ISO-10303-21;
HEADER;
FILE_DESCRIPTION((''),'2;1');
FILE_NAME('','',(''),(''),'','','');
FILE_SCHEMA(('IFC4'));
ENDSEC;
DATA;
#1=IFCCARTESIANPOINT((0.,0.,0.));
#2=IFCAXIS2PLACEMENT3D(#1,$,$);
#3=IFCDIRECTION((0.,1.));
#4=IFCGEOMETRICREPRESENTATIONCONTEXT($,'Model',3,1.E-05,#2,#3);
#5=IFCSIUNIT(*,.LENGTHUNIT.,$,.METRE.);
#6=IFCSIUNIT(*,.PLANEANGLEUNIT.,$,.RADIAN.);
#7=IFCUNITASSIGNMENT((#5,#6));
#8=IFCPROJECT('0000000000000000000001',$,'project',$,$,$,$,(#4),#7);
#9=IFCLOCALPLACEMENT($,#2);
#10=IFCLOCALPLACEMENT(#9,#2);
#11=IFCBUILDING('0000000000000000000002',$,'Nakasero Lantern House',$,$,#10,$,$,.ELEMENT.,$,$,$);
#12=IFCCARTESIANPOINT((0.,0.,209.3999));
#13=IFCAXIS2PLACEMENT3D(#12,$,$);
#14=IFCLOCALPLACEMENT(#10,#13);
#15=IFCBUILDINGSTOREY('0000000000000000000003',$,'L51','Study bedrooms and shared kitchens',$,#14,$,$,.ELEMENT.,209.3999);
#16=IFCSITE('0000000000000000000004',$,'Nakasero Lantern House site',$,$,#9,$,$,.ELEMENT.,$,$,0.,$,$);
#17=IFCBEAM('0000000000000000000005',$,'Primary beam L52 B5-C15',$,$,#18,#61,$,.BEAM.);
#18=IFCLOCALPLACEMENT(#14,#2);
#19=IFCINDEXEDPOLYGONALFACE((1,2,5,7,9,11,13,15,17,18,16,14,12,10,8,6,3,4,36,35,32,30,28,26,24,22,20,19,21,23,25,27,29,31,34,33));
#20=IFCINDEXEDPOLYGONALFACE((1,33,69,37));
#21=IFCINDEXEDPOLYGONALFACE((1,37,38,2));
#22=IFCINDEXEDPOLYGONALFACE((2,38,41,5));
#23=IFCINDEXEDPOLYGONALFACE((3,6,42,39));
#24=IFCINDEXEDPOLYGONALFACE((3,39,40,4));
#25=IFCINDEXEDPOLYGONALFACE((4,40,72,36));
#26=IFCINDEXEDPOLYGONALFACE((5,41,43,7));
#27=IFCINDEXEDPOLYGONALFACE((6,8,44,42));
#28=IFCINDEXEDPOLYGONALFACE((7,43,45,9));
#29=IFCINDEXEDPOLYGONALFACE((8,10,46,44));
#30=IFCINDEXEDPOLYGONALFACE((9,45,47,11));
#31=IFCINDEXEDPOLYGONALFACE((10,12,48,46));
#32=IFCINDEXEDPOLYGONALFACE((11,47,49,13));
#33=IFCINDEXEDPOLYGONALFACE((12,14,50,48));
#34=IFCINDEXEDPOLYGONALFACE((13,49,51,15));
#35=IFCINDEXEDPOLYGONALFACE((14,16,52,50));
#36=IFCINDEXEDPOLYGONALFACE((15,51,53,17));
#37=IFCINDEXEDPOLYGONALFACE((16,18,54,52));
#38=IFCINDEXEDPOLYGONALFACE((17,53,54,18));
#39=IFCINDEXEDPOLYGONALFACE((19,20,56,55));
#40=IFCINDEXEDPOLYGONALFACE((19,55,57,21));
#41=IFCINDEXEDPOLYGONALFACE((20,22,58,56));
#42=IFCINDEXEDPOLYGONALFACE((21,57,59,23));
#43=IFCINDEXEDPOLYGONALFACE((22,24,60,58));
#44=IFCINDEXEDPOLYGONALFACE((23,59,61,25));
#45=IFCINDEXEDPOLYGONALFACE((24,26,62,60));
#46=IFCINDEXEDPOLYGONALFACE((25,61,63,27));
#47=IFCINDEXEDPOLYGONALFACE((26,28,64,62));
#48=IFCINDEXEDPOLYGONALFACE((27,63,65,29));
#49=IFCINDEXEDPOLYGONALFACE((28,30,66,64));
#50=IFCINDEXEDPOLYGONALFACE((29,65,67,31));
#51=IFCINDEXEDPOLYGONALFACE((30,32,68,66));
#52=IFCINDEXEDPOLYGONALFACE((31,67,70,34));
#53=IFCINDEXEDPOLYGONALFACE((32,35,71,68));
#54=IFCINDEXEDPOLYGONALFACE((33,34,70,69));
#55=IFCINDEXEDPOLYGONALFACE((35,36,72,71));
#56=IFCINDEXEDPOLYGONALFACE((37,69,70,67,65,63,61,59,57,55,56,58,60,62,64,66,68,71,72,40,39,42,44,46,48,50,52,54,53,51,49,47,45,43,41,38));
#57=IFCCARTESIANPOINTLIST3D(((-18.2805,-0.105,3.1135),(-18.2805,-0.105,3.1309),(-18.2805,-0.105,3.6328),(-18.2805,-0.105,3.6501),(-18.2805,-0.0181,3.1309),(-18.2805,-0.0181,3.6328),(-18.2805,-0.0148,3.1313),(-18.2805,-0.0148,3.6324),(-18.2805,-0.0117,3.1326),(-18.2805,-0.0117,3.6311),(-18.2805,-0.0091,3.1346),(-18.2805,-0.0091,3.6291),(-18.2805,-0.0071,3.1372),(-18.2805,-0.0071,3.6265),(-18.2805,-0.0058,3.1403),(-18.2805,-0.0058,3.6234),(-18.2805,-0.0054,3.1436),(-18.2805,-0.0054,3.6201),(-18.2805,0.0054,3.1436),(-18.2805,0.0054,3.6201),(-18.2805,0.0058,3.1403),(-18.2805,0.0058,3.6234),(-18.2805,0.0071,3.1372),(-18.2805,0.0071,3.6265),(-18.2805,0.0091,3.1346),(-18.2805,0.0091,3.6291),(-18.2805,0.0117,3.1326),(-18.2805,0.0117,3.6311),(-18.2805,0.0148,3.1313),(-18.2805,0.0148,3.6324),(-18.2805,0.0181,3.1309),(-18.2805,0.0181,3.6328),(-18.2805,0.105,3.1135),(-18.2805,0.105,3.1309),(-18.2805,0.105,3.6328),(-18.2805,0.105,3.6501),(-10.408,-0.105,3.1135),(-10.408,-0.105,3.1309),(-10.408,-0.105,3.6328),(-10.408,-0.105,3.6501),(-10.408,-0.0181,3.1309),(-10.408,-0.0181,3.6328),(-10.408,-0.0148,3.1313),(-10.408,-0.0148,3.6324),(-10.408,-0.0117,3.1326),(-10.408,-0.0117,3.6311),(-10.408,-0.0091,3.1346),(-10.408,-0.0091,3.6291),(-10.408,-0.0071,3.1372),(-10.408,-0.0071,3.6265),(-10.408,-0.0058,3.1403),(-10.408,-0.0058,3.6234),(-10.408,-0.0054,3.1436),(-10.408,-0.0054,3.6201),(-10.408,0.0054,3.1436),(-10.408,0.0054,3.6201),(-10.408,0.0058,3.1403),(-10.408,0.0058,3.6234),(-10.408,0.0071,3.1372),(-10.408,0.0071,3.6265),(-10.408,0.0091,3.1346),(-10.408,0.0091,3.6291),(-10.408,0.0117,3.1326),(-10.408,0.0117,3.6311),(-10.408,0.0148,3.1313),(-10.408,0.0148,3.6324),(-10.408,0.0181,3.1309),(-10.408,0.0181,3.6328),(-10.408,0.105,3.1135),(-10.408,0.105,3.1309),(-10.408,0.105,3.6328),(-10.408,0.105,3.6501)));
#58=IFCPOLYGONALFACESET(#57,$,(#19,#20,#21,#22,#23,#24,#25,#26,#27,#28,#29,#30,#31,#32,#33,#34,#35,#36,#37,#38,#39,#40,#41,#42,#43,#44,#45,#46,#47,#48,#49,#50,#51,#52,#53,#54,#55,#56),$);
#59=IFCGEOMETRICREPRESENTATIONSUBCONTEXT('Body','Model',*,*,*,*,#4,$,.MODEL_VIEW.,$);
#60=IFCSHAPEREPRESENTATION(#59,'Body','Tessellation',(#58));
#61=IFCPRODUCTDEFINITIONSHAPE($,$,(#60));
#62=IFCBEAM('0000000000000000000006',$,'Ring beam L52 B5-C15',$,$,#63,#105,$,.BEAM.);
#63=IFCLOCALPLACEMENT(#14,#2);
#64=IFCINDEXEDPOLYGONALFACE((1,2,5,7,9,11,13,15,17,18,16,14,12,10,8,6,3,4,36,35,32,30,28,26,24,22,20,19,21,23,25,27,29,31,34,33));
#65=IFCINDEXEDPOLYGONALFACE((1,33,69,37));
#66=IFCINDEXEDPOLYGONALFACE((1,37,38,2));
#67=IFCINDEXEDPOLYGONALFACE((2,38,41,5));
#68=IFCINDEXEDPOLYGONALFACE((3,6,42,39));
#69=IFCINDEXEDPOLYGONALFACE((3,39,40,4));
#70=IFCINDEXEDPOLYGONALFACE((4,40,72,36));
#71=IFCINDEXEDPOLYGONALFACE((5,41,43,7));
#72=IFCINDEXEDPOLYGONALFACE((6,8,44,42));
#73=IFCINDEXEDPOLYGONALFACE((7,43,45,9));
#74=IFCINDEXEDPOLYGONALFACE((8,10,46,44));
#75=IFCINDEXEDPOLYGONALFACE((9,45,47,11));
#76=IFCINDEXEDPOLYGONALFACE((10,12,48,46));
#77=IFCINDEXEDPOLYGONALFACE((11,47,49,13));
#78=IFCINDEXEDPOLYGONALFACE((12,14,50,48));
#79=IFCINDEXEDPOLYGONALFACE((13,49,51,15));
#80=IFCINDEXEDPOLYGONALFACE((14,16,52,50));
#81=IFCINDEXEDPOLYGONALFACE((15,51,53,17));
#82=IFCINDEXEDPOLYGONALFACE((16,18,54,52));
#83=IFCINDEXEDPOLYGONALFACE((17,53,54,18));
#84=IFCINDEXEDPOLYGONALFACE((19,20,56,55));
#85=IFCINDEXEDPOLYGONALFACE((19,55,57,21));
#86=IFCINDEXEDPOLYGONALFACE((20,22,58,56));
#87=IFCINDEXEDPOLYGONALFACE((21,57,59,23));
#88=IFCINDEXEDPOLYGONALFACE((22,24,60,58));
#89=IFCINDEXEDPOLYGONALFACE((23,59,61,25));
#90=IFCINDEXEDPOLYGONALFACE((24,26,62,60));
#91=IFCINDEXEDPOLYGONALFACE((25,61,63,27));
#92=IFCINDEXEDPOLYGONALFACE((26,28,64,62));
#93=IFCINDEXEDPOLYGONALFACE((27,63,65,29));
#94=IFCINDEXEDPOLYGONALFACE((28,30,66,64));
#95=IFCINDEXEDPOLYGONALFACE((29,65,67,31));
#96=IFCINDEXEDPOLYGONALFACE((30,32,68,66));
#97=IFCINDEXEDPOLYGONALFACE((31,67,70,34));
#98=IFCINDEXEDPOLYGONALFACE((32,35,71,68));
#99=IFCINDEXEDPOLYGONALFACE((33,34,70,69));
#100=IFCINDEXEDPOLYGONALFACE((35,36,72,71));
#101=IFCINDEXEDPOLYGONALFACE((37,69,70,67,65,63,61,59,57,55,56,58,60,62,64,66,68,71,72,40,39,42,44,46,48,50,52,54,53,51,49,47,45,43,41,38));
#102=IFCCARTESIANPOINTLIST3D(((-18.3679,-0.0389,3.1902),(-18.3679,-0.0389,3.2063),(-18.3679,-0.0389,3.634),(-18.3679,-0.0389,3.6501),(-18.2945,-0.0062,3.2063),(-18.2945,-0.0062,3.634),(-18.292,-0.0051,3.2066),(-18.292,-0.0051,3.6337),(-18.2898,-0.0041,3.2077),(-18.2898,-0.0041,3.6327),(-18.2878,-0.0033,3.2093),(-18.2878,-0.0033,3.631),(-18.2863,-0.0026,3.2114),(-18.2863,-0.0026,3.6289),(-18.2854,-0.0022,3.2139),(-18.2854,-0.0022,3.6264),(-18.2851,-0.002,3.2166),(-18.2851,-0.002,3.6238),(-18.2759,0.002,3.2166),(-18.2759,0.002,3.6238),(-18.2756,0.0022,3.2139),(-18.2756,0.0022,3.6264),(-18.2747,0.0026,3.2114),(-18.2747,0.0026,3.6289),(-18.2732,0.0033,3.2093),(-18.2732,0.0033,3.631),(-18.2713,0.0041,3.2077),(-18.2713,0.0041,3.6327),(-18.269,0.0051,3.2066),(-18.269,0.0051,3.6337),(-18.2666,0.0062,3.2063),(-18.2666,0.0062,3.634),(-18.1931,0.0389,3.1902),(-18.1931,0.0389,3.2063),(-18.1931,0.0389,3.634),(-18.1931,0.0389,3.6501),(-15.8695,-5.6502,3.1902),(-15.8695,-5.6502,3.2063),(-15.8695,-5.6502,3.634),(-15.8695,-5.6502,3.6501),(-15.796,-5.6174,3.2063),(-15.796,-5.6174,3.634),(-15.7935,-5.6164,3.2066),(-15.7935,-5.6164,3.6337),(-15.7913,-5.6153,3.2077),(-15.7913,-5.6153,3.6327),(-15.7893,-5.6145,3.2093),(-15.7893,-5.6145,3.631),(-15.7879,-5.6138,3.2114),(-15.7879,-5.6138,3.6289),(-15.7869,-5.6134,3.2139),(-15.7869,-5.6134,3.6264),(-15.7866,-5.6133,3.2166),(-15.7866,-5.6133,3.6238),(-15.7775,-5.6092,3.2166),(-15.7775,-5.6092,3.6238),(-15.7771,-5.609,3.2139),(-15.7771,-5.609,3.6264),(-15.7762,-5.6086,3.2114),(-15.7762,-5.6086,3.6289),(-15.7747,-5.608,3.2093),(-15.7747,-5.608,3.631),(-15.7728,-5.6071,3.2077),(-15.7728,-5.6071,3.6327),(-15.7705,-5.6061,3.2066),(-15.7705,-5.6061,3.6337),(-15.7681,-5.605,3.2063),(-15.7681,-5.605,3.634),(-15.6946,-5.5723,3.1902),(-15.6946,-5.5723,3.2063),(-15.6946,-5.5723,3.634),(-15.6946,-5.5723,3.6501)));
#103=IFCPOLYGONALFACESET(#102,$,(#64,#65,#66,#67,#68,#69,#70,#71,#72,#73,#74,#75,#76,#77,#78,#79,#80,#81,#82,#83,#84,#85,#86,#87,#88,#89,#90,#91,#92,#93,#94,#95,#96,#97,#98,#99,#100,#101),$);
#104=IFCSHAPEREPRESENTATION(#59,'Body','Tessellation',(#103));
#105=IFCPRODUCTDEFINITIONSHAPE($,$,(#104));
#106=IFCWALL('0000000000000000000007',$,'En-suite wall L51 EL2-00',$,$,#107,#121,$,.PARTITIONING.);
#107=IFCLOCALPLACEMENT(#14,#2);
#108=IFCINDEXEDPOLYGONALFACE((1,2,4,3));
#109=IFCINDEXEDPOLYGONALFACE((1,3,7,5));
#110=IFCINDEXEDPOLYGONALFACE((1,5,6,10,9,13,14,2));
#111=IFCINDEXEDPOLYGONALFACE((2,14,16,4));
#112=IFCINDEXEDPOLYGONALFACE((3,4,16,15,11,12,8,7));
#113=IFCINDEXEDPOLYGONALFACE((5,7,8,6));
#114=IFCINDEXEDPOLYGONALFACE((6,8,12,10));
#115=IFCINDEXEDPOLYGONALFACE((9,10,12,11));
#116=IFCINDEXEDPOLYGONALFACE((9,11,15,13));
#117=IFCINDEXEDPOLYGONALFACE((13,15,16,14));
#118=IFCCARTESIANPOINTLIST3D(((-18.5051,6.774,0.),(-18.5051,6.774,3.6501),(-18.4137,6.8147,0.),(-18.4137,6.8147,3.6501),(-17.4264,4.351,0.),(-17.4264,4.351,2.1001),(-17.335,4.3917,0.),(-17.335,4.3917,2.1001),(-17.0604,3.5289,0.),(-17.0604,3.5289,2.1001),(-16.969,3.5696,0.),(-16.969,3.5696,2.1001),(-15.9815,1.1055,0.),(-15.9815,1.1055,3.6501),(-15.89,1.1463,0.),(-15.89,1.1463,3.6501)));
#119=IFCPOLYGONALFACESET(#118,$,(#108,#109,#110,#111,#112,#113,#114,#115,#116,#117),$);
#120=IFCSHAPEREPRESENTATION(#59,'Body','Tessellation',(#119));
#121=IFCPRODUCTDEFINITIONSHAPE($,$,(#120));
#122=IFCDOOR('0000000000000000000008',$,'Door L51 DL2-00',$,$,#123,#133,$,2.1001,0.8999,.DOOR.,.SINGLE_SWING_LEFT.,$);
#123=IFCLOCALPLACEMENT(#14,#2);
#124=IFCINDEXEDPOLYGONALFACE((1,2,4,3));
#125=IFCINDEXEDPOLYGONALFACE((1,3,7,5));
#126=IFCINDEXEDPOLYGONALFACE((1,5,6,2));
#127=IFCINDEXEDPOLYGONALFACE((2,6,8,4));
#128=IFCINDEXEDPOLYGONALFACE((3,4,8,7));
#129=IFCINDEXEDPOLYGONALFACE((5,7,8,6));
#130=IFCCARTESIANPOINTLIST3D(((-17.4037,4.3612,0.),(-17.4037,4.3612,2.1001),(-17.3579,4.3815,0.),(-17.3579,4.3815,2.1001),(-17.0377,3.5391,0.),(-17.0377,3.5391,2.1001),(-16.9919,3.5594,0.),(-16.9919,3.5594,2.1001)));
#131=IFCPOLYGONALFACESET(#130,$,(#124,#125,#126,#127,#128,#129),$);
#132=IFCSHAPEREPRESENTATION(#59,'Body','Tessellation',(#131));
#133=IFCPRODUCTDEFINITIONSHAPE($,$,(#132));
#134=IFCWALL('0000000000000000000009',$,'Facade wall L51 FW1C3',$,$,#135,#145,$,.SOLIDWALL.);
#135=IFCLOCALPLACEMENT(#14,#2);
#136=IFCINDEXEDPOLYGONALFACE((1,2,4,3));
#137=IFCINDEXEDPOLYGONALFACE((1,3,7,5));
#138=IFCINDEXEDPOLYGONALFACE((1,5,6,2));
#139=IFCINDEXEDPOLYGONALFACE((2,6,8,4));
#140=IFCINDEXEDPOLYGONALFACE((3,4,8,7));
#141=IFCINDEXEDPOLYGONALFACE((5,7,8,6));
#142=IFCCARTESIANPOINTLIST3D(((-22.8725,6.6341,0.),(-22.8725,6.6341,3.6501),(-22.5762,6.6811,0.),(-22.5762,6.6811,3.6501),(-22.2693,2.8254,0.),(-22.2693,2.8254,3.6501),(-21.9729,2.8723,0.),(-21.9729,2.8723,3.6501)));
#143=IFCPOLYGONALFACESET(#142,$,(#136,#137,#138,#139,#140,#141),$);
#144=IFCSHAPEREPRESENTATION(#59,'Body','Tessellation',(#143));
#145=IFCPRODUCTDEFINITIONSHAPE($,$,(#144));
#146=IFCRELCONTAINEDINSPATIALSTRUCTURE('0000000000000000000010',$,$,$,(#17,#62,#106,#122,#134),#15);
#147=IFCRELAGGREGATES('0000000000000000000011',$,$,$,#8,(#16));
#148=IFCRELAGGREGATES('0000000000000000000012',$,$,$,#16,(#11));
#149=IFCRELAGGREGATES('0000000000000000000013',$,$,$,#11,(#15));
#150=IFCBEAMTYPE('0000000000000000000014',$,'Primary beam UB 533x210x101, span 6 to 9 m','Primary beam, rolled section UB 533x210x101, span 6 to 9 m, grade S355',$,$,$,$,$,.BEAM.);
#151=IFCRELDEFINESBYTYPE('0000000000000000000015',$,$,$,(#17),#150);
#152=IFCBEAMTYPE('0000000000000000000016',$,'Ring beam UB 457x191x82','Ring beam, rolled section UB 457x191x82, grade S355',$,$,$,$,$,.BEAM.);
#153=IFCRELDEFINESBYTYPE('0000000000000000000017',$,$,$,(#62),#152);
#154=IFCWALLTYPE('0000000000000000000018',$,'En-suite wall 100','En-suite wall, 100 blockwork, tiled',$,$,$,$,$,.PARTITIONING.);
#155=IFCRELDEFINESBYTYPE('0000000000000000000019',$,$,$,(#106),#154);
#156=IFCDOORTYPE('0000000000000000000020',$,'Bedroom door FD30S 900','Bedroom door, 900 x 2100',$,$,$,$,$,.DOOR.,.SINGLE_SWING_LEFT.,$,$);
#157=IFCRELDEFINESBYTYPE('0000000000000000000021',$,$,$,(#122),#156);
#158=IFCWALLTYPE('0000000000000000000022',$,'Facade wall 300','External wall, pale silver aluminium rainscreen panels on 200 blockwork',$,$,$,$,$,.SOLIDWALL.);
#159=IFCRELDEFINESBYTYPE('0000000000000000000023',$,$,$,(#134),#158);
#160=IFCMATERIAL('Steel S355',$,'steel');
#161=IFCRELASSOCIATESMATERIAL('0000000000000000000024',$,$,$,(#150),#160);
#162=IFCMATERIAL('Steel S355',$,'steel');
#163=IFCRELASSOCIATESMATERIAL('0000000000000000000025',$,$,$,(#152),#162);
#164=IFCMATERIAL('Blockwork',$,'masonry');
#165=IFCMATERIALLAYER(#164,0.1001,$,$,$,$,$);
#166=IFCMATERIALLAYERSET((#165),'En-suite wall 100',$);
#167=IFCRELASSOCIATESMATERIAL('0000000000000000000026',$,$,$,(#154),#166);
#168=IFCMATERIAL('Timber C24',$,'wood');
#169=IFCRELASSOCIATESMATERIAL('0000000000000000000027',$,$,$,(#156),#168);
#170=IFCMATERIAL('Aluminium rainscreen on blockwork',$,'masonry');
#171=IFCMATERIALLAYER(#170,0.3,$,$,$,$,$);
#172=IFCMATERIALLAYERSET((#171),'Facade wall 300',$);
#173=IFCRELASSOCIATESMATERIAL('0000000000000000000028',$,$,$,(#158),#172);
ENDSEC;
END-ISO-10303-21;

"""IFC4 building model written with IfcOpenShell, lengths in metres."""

from ifc_helpers import new_model, si_unit, direction, frame, frame_2d, origin, origin_2d, place, context, subcontext, project, spatial, rectangle, i_section, extrude, material, layer, layer_set, material_profile, profile_set, type_object, element, fill, save


model = new_model("IFC4")

# Units and contexts
model_context = context("Model", 3, precision=1e-05, world=origin(), true_north=direction((0.0, 1.0)))
body_context = subcontext(model_context, "Body", "Model", "MODEL_VIEW")
ifc_project = project(units=[si_unit("LENGTHUNIT", "METRE"), si_unit("PLANEANGLEUNIT", "RADIAN")], contexts=[model_context])

# Site, building, storey
site_placement = place(None, origin())
site = spatial("IfcSite", under=ifc_project, at=site_placement, Name="Nakasero Lantern House site", CompositionType="ELEMENT", RefElevation=0.0)
building_placement = place(site_placement, origin())
building = spatial("IfcBuilding", under=site, at=building_placement, Name="Nakasero Lantern House", CompositionType="ELEMENT")
storey_placement = place(building_placement, frame((0.0, 0.0, 209.3999)))
storey = spatial("IfcBuildingStorey", under=building, at=storey_placement, Name="L51", Description="Study bedrooms and shared kitchens", CompositionType="ELEMENT", Elevation=209.3999)

# Beams
ifc_material_1 = material(Name="Steel S355", Category="steel")
ifc_material_profile_1 = material_profile(ifc_material_1, i_section(OverallWidth=0.21, OverallDepth=0.5366, WebThickness=0.0107, FlangeThickness=0.0173, FilletRadius=0.0127, at=origin_2d()), Name="UB 533x210x101")
ifc_profile_set_1 = profile_set([ifc_material_profile_1], Name="Steel S355")
beam_type_1 = type_object("IfcBeamType", Name="Primary beam UB 533x210x101, span 6 to 9 m", Description="Primary beam, rolled section UB 533x210x101, span 6 to 9 m, grade S355", PredefinedType="BEAM", material=ifc_profile_set_1)
beam_1_placement = place(storey_placement, frame((-18.2805, 0.0, 3.3818), z_axis=(1.0, 0.0, 0.0), x_axis=(0.0, 1.0, 0.0)))
element("IfcBeam", 1, at=beam_1_placement, inside=storey, type_object=beam_type_1, Name="Primary beam L52 B5-C15", PredefinedType="BEAM", context=body_context, shape_type="SweptSolid", body=[
    extrude(i_section(OverallWidth=0.21, OverallDepth=0.5366, WebThickness=0.0107, FlangeThickness=0.0173, FilletRadius=0.0127, at=origin_2d()), origin(), (0.0, 0.0, 1.0), 7.8726),
])
ifc_material_2 = material(Name="Steel S355", Category="steel")
ifc_material_profile_2 = material_profile(ifc_material_2, i_section(OverallWidth=0.1914, OverallDepth=0.46, WebThickness=0.01, FlangeThickness=0.0161, FilletRadius=0.0103, at=origin_2d()), Name="UB 457x191x82")
ifc_profile_set_2 = profile_set([ifc_material_profile_2], Name="Steel S355")
beam_type_2 = type_object("IfcBeamType", Name="Ring beam UB 457x191x82", Description="Ring beam, rolled section UB 457x191x82, grade S355", PredefinedType="BEAM", material=ifc_profile_set_2)
beam_2_placement = place(storey_placement, frame((-18.2805, 0.0, 3.4202), z_axis=(0.406765, -0.913533, 0.0), x_axis=(0.913533, 0.406765, 0.0)))
element("IfcBeam", 2, at=beam_2_placement, inside=storey, type_object=beam_type_2, Name="Ring beam L52 B5-C15", PredefinedType="BEAM", context=body_context, shape_type="SweptSolid", body=[
    extrude(i_section(OverallWidth=0.1914, OverallDepth=0.46, WebThickness=0.01, FlangeThickness=0.0161, FilletRadius=0.0103, at=origin_2d()), origin(), (0.0, 0.0, 1.0), 6.1423),
])

# Wall, opening, door
ifc_material_3 = material(Name="Blockwork", Category="masonry")
ifc_layer_1 = layer(ifc_material_3, 0.1001)
ifc_layer_set_1 = layer_set([ifc_layer_1], Name="En-suite wall 100")
wall_type_1 = type_object("IfcWallType", Name="En-suite wall 100", Description="En-suite wall, 100 blockwork, tiled", PredefinedType="PARTITIONING", material=ifc_layer_set_1)
wall_1_placement = place(storey_placement, frame((-18.4595, 6.7944, 0.0), z_axis=(0.0, 0.0, 1.0), x_axis=(0.406726, -0.91355, 0.0)))
wall_1 = element("IfcWall", 3, at=wall_1_placement, inside=storey, type_object=wall_type_1, Name="En-suite wall L51 EL2-00", PredefinedType="PARTITIONING", context=body_context, shape_type="SweptSolid", body=[
    extrude(rectangle(XDim=6.2048, YDim=0.1001, at=frame_2d((3.1025, 0.0))), origin(), (0.0, 0.0, 1.0), 3.6501),
])
opening_1_placement = place(wall_1_placement, frame((2.6523, 0.0, 0.0)))
opening_1 = element("IfcOpeningElement", 4, at=opening_1_placement, cuts=wall_1, PredefinedType="OPENING", context=body_context, shape_type="SweptSolid", body=[
    extrude(rectangle(XDim=0.8999, YDim=2.1001, at=frame_2d((0.45, 1.05))), frame((0.0, 0.0701, 0.0), z_axis=(0.0, -1.0, 0.0), x_axis=(1.0, 0.0, 0.0)), (0.0, 0.0, 1.0), 0.1401),
])
ifc_material_4 = material(Name="Timber C24", Category="wood")
door_type_1 = type_object("IfcDoorType", Name="Bedroom door FD30S 900", Description="Bedroom door, 900 x 2100", OperationType="SINGLE_SWING_LEFT", PredefinedType="DOOR", material=ifc_material_4)
door_1_placement = place(opening_1_placement, origin())
door_1 = element("IfcDoor", 5, at=door_1_placement, inside=storey, type_object=door_type_1, Name="Door L51 DL2-00", OperationType="SINGLE_SWING_LEFT", OverallHeight=2.1001, OverallWidth=0.8999, PredefinedType="DOOR", context=body_context, shape_type="SweptSolid", body=[
    extrude(rectangle(XDim=0.8999, YDim=2.1001, at=frame_2d((0.45, 1.05))), frame((0.0, 0.0249, 0.0), z_axis=(0.0, -1.0, 0.0), x_axis=(1.0, 0.0, 0.0)), (0.0, 0.0, 1.0), 0.05),
])
fill(opening_1, door_1)

# Wall
ifc_material_5 = material(Name="Aluminium rainscreen on blockwork", Category="masonry")
ifc_layer_2 = layer(ifc_material_5, 0.3)
ifc_layer_set_2 = layer_set([ifc_layer_2], Name="Facade wall 300")
wall_type_2 = type_object("IfcWallType", Name="Facade wall 300", Description="External wall, pale silver aluminium rainscreen panels on 200 blockwork", PredefinedType="SOLIDWALL", material=ifc_layer_set_2)
wall_2_placement = place(storey_placement, frame((-22.7244, 6.6577, 0.0), z_axis=(0.0, 0.0, 1.0), x_axis=(0.156437, -0.987688, 0.0)))
element("IfcWall", 6, at=wall_2_placement, inside=storey, type_object=wall_type_2, Name="Facade wall L51 FW1C3", PredefinedType="SOLIDWALL", context=body_context, shape_type="SweptSolid", body=[
    extrude(rectangle(XDim=3.8562, YDim=0.3, at=frame_2d((1.9282, 0.0))), origin(), (0.0, 0.0, 1.0), 3.6501),
])

save(model, "model.ifc")
